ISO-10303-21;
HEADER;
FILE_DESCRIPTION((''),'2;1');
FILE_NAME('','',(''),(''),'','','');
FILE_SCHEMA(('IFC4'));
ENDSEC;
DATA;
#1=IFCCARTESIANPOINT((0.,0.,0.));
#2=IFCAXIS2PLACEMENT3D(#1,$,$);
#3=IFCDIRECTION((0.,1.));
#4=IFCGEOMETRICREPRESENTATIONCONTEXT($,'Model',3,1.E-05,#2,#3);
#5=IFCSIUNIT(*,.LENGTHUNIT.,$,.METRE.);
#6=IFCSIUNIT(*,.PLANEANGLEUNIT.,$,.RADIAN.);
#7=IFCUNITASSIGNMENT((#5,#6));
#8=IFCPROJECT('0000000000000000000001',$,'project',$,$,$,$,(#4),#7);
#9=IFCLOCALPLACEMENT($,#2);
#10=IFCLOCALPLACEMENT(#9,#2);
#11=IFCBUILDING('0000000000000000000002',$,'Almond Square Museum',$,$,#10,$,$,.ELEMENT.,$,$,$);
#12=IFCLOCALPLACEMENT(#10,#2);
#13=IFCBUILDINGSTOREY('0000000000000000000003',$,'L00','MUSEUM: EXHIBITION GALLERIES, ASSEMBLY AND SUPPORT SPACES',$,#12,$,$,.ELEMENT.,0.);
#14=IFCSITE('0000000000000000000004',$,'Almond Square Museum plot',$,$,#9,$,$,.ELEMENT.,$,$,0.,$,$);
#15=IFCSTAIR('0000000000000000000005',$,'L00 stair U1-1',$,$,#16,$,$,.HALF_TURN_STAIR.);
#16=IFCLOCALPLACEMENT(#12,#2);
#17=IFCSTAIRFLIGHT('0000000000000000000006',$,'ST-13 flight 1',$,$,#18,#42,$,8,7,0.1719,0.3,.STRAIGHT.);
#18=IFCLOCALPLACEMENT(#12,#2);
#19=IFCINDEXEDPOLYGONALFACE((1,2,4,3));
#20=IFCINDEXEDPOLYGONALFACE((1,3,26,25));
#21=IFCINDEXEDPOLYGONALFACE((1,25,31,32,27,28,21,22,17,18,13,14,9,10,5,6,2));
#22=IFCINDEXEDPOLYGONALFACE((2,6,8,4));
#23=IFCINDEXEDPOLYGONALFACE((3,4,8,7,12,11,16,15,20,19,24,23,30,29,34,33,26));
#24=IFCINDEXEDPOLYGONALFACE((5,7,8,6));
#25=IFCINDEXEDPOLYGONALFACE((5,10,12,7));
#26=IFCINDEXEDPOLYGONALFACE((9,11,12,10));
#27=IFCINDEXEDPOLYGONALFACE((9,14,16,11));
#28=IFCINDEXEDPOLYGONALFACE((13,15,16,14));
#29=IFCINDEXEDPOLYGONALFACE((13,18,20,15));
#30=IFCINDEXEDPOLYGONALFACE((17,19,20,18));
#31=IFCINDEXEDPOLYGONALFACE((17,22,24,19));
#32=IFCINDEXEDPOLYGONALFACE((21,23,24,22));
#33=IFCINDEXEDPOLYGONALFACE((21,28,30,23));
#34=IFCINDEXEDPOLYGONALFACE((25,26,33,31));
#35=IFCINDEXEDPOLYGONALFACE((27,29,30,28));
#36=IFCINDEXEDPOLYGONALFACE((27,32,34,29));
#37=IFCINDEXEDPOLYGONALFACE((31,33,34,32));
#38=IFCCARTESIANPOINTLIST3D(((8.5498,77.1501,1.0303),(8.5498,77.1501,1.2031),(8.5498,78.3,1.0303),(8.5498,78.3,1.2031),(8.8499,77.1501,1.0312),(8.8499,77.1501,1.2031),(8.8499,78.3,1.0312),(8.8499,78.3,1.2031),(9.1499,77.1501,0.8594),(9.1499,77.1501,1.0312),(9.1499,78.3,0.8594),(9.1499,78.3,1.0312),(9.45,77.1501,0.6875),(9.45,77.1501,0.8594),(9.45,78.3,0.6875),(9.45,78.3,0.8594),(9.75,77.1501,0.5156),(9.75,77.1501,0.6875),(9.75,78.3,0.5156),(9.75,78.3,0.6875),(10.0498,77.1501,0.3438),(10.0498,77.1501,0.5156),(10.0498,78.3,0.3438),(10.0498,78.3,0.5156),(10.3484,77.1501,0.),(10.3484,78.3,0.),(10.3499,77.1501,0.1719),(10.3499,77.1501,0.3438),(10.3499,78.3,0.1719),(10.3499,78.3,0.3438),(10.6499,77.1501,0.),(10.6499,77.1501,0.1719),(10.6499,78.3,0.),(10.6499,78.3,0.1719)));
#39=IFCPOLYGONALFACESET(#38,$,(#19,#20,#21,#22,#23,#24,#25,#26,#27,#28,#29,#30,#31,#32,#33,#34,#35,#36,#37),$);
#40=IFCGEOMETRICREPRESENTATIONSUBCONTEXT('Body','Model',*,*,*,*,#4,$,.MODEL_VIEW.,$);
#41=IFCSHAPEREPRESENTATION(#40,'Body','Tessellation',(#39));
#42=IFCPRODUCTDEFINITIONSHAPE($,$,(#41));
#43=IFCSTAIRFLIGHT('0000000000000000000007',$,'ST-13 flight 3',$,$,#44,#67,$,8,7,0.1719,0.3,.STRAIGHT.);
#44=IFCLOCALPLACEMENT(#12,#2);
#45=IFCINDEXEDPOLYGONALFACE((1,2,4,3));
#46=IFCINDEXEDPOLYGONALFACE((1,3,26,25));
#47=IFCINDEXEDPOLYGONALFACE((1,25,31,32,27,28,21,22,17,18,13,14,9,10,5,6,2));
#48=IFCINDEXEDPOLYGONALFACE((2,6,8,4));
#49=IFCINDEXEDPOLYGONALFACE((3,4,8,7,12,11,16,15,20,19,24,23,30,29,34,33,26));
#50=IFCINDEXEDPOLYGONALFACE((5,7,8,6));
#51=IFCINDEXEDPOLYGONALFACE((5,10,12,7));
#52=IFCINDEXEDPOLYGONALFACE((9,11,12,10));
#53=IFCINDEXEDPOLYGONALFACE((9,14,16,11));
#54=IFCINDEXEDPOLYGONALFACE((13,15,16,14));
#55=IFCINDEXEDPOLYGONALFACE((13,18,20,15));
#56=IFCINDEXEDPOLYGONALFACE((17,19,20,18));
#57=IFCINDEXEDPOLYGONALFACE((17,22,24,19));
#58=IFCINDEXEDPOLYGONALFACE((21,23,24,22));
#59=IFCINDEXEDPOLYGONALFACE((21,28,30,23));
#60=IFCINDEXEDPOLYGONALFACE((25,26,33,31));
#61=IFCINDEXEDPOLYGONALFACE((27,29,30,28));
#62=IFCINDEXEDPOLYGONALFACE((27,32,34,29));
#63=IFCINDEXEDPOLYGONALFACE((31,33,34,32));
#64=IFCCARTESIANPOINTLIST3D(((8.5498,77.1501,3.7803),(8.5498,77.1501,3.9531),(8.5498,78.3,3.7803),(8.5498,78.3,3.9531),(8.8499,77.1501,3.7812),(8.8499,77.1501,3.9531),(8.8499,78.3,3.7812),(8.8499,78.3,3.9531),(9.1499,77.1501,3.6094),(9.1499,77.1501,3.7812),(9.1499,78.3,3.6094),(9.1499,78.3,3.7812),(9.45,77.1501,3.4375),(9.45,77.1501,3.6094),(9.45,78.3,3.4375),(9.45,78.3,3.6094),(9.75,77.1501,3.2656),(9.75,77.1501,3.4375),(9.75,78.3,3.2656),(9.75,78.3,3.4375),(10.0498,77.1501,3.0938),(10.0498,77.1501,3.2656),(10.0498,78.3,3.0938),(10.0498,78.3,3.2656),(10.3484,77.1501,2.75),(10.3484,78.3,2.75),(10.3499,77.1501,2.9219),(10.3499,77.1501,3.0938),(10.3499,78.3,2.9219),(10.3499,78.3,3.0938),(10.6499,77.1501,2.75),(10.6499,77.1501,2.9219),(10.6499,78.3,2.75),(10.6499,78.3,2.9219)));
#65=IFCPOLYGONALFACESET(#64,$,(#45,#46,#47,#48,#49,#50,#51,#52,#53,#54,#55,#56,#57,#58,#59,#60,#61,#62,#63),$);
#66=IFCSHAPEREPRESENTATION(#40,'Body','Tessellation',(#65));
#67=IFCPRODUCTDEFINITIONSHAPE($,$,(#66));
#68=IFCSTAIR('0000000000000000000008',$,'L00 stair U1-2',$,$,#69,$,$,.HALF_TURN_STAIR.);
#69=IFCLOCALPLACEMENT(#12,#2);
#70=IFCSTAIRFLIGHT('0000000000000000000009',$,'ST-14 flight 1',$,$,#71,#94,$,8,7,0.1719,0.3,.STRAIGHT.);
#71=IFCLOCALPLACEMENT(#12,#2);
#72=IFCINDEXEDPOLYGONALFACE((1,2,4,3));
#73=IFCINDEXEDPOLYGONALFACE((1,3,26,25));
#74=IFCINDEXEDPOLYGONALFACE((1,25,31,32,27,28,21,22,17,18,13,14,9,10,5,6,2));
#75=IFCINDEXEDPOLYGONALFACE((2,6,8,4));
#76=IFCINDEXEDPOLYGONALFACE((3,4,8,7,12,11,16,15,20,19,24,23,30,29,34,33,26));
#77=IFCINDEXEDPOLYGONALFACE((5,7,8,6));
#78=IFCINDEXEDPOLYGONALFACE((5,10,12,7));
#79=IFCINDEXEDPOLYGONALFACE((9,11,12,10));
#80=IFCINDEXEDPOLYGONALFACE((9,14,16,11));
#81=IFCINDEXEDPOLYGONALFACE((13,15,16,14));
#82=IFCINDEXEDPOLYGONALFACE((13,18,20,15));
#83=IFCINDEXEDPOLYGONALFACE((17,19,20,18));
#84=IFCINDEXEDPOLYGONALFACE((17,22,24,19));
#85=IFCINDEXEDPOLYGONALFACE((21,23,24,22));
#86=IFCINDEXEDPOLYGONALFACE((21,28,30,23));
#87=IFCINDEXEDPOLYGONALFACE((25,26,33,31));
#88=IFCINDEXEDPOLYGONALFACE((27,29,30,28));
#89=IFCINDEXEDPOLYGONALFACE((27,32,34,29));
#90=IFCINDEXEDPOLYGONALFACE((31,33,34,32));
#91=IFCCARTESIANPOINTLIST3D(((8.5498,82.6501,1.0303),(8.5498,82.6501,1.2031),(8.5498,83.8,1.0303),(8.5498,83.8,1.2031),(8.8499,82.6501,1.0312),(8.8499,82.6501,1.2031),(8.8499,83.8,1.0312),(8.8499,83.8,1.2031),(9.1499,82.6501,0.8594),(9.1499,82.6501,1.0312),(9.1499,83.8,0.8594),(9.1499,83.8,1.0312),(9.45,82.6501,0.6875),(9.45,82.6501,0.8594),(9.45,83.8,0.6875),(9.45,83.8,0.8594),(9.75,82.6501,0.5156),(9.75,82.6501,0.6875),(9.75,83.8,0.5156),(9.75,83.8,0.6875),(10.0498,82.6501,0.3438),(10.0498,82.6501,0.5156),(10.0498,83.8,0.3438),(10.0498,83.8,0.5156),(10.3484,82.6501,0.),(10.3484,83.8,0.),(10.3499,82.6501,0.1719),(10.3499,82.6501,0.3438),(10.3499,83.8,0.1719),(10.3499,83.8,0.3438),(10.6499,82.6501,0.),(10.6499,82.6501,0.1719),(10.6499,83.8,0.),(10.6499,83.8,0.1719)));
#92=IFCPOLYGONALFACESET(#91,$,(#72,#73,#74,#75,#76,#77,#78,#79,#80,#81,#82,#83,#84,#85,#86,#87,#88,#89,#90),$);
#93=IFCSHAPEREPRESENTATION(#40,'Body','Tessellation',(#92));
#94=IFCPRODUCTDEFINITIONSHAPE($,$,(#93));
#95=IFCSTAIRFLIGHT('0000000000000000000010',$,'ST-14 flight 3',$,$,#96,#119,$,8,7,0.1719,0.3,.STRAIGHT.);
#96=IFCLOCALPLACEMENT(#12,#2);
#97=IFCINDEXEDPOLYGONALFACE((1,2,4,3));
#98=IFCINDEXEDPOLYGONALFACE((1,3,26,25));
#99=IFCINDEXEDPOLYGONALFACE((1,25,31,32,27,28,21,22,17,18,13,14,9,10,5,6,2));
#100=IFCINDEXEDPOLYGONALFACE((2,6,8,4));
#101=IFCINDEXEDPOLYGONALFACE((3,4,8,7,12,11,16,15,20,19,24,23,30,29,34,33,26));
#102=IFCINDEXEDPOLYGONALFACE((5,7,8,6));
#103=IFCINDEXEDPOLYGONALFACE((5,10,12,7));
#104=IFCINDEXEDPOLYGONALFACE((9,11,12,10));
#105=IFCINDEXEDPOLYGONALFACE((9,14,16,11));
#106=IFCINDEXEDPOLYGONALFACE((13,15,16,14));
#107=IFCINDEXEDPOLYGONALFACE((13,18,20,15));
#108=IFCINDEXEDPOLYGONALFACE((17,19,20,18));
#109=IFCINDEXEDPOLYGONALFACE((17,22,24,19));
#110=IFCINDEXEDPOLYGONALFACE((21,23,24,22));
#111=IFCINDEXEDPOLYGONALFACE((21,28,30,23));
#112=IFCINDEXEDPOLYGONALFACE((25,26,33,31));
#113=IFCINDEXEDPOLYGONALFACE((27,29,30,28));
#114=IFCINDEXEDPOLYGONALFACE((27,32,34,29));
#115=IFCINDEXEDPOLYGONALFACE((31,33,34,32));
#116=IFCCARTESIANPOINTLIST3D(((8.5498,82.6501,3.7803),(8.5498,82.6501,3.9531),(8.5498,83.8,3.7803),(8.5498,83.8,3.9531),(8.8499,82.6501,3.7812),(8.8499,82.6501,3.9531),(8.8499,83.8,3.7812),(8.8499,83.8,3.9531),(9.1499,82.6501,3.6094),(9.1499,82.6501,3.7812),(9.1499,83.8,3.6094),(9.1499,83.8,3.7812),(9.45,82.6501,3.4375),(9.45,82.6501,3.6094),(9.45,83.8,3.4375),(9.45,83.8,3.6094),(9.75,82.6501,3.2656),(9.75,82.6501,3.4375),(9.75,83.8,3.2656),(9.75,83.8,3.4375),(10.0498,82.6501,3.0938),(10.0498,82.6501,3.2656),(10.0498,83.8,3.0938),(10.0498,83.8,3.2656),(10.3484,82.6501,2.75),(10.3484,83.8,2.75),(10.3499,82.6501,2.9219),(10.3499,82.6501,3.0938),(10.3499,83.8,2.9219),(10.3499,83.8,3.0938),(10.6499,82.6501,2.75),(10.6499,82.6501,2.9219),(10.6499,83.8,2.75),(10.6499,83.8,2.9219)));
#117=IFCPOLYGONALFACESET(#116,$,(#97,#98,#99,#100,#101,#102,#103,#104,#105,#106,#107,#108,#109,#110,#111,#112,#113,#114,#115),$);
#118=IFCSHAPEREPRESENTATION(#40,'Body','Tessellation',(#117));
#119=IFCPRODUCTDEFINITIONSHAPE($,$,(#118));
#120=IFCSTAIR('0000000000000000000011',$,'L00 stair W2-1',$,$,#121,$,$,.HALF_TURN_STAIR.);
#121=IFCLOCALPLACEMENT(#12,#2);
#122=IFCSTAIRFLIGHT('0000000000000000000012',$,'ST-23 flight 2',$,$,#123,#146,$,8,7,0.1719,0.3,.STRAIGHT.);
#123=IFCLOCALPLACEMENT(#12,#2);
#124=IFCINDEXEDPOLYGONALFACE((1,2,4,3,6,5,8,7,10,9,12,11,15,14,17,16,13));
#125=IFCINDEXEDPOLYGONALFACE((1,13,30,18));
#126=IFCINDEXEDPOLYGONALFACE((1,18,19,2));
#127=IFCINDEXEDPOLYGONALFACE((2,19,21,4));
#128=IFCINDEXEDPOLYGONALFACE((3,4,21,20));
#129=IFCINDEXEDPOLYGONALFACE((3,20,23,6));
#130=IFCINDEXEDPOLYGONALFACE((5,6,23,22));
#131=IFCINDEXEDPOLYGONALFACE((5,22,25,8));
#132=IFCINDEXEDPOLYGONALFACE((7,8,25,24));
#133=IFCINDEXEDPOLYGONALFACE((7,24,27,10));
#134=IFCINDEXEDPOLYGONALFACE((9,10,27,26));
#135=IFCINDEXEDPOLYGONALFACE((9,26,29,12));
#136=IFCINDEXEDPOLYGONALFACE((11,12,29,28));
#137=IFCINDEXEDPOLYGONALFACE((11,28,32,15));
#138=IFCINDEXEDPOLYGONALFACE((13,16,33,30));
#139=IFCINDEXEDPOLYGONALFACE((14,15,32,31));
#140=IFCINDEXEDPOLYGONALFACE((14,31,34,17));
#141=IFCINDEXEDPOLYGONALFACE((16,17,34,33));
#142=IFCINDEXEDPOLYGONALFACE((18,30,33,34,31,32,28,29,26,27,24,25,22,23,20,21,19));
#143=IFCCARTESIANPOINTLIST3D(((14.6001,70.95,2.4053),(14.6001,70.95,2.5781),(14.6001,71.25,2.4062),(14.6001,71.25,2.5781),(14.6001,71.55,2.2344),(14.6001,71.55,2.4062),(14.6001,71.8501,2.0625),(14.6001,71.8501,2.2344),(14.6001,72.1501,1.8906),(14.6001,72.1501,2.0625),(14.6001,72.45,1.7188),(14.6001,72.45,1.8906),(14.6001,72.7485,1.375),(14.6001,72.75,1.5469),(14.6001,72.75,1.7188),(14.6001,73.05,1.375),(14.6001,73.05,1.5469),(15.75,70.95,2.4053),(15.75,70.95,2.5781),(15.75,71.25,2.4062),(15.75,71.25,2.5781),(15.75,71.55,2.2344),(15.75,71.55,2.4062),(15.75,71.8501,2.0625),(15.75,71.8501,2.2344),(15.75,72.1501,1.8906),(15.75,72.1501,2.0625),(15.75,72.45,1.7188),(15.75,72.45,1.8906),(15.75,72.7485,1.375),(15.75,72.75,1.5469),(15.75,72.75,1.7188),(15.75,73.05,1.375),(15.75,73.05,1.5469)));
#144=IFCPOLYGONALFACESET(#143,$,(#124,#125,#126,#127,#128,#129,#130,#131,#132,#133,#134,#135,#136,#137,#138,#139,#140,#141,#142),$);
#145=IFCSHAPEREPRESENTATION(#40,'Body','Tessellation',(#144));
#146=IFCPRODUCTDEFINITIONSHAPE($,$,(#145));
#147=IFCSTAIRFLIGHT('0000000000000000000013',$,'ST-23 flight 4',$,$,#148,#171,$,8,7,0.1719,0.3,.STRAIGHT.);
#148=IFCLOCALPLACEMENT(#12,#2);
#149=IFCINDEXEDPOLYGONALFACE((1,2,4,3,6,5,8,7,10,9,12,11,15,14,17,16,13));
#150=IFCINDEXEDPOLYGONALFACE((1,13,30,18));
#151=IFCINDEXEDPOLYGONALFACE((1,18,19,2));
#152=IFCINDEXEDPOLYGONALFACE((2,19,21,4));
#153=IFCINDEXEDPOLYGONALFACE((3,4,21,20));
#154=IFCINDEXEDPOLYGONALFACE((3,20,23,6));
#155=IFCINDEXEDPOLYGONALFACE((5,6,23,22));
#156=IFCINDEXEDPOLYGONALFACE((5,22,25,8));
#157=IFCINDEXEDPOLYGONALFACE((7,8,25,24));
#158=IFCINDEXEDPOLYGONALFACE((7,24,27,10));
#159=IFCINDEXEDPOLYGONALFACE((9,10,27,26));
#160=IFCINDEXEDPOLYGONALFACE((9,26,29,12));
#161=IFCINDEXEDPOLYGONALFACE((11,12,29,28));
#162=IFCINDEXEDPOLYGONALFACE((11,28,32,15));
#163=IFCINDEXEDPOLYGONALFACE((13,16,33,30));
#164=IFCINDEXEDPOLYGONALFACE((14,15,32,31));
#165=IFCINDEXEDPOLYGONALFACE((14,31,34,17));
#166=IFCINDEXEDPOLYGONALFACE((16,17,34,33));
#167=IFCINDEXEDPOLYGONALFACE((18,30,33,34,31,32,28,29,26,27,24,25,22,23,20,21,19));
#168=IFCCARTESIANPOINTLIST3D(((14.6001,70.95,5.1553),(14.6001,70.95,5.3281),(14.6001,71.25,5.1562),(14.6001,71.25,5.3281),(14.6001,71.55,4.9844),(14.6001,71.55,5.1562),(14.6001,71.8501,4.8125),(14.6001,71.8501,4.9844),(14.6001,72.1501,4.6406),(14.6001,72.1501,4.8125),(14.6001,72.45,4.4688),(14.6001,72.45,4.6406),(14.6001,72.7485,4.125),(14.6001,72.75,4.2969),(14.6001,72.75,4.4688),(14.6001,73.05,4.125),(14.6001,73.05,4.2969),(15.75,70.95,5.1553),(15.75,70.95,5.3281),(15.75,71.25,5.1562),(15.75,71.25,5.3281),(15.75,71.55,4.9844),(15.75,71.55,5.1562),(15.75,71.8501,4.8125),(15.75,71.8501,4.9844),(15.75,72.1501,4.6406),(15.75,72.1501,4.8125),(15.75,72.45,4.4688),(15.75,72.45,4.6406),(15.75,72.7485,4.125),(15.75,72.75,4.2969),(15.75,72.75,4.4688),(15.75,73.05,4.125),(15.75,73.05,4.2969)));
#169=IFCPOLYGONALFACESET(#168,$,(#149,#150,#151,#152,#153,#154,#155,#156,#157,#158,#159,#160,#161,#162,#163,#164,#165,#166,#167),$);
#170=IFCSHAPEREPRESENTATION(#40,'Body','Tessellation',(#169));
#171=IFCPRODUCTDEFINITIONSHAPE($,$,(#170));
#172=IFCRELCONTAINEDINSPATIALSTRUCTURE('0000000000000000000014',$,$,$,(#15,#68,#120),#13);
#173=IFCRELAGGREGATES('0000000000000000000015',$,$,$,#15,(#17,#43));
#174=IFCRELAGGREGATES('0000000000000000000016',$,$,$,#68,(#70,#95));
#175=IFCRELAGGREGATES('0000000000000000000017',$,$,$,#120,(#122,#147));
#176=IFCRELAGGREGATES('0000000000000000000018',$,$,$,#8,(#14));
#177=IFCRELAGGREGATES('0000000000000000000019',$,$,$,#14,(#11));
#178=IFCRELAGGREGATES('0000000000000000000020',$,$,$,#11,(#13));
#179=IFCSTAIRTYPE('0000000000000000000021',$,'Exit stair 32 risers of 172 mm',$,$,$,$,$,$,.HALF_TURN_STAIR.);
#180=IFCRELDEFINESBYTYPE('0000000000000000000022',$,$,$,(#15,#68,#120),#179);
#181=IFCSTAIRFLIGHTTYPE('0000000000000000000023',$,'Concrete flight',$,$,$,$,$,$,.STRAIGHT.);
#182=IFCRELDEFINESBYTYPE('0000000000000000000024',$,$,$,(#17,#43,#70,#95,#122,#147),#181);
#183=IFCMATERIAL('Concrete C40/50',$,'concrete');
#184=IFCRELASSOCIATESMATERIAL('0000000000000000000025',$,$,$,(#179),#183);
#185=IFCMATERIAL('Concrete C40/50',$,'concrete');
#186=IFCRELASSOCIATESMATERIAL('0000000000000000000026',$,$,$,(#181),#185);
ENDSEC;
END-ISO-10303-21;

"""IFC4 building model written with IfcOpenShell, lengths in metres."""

from ifc_helpers import new_model, si_unit, direction, frame, origin, place, context, subcontext, project, spatial, polyline, outline, extrude, material, type_object, element, aggregate, save


model = new_model("IFC4")

# Units and contexts
model_context = context("Model", 3, precision=1e-05, world=origin(), true_north=direction((0.0, 1.0)))
body_context = subcontext(model_context, "Body", "Model", "MODEL_VIEW")
ifc_project = project(units=[si_unit("LENGTHUNIT", "METRE"), si_unit("PLANEANGLEUNIT", "RADIAN")], contexts=[model_context])

# Site, building, storey
site_placement = place(None, origin())
site = spatial("IfcSite", under=ifc_project, at=site_placement, Name="Almond Square Museum plot", CompositionType="ELEMENT", RefElevation=0.0)
building_placement = place(site_placement, origin())
building = spatial("IfcBuilding", under=site, at=building_placement, Name="Almond Square Museum", CompositionType="ELEMENT")
storey_placement = place(building_placement, origin())
storey = spatial("IfcBuildingStorey", under=building, at=storey_placement, Name="L00", Description="MUSEUM: EXHIBITION GALLERIES, ASSEMBLY AND SUPPORT SPACES", CompositionType="ELEMENT", Elevation=0.0)

# Stairs, stair flights
ifc_material_1 = material(Name="Concrete C40/50", Category="concrete")
stair_type = type_object("IfcStairType", Name="Exit stair 32 risers of 172 mm", PredefinedType="HALF_TURN_STAIR", material=ifc_material_1)
stair_1_placement = place(storey_placement, origin())
stair_1 = element("IfcStair", 1, at=stair_1_placement, inside=storey, type_object=stair_type, Name="L00 stair U1-1", PredefinedType="HALF_TURN_STAIR")
ifc_material_2 = material(Name="Concrete C40/50", Category="concrete")
stair_flight_type = type_object("IfcStairFlightType", Name="Concrete flight", PredefinedType="STRAIGHT", material=ifc_material_2)
stair_flight_1_placement = place(storey_placement, frame((10.6499, 77.7251, 0.0), z_axis=(0.0, 0.0, 1.0), x_axis=(-1.0, 0.0, 0.0)))
stair_flight_1 = element("IfcStairFlight", 2, at=stair_flight_1_placement, type_object=stair_flight_type, Name="ST-13 flight 1", NumberOfRisers=8, NumberOfTreads=7, PredefinedType="STRAIGHT", RiserHeight=0.1719, TreadLength=0.3, context=body_context, shape_type="SweptSolid", body=[
    extrude(outline(polyline([(0.0, 0.0), (0.0, 0.1719), (0.3, 0.1719), (0.3, 0.3438), (0.6001, 0.3438), (0.6001, 0.5156), (0.8999, 0.5156), (0.8999, 0.6875), (1.2, 0.6875), (1.2, 0.8594), (1.5, 0.8594), (1.5, 1.0312), (1.8, 1.0312), (1.8, 1.2031), (2.1001, 1.2031), (2.1001, 1.375), (2.1001, 1.0303), (0.3015, 0.0), (0.0, 0.0)])), frame((0.0, 0.575, 0.0), z_axis=(0.0, -1.0, 0.0), x_axis=(1.0, 0.0, 0.0)), (0.0, 0.0, 1.0), 1.1499),
])
stair_flight_2_placement = place(storey_placement, frame((10.6499, 77.7251, 2.75), z_axis=(0.0, 0.0, 1.0), x_axis=(-1.0, 0.0, 0.0)))
stair_flight_2 = element("IfcStairFlight", 3, at=stair_flight_2_placement, type_object=stair_flight_type, Name="ST-13 flight 3", NumberOfRisers=8, NumberOfTreads=7, PredefinedType="STRAIGHT", RiserHeight=0.1719, TreadLength=0.3, context=body_context, shape_type="SweptSolid", body=[
    extrude(outline(polyline([(0.0, 0.0), (0.0, 0.1719), (0.3, 0.1719), (0.3, 0.3438), (0.6001, 0.3438), (0.6001, 0.5156), (0.8999, 0.5156), (0.8999, 0.6875), (1.2, 0.6875), (1.2, 0.8594), (1.5, 0.8594), (1.5, 1.0312), (1.8, 1.0312), (1.8, 1.2031), (2.1001, 1.2031), (2.1001, 1.375), (2.1001, 1.0303), (0.3015, 0.0), (0.0, 0.0)])), frame((0.0, 0.575, 0.0), z_axis=(0.0, -1.0, 0.0), x_axis=(1.0, 0.0, 0.0)), (0.0, 0.0, 1.0), 1.1499),
])
aggregate(stair_1, [stair_flight_1, stair_flight_2])
stair_2_placement = place(storey_placement, origin())
stair_2 = element("IfcStair", 4, at=stair_2_placement, inside=storey, type_object=stair_type, Name="L00 stair U1-2", PredefinedType="HALF_TURN_STAIR")
stair_flight_3_placement = place(storey_placement, frame((10.6499, 83.2251, 0.0), z_axis=(0.0, 0.0, 1.0), x_axis=(-1.0, 0.0, 0.0)))
stair_flight_3 = element("IfcStairFlight", 5, at=stair_flight_3_placement, type_object=stair_flight_type, Name="ST-14 flight 1", NumberOfRisers=8, NumberOfTreads=7, PredefinedType="STRAIGHT", RiserHeight=0.1719, TreadLength=0.3, context=body_context, shape_type="SweptSolid", body=[
    extrude(outline(polyline([(0.0, 0.0), (0.0, 0.1719), (0.3, 0.1719), (0.3, 0.3438), (0.6001, 0.3438), (0.6001, 0.5156), (0.8999, 0.5156), (0.8999, 0.6875), (1.2, 0.6875), (1.2, 0.8594), (1.5, 0.8594), (1.5, 1.0312), (1.8, 1.0312), (1.8, 1.2031), (2.1001, 1.2031), (2.1001, 1.375), (2.1001, 1.0303), (0.3015, 0.0), (0.0, 0.0)])), frame((0.0, 0.575, 0.0), z_axis=(0.0, -1.0, 0.0), x_axis=(1.0, 0.0, 0.0)), (0.0, 0.0, 1.0), 1.1499),
])
stair_flight_4_placement = place(storey_placement, frame((10.6499, 83.2251, 2.75), z_axis=(0.0, 0.0, 1.0), x_axis=(-1.0, 0.0, 0.0)))
stair_flight_4 = element("IfcStairFlight", 6, at=stair_flight_4_placement, type_object=stair_flight_type, Name="ST-14 flight 3", NumberOfRisers=8, NumberOfTreads=7, PredefinedType="STRAIGHT", RiserHeight=0.1719, TreadLength=0.3, context=body_context, shape_type="SweptSolid", body=[
    extrude(outline(polyline([(0.0, 0.0), (0.0, 0.1719), (0.3, 0.1719), (0.3, 0.3438), (0.6001, 0.3438), (0.6001, 0.5156), (0.8999, 0.5156), (0.8999, 0.6875), (1.2, 0.6875), (1.2, 0.8594), (1.5, 0.8594), (1.5, 1.0312), (1.8, 1.0312), (1.8, 1.2031), (2.1001, 1.2031), (2.1001, 1.375), (2.1001, 1.0303), (0.3015, 0.0), (0.0, 0.0)])), frame((0.0, 0.575, 0.0), z_axis=(0.0, -1.0, 0.0), x_axis=(1.0, 0.0, 0.0)), (0.0, 0.0, 1.0), 1.1499),
])
aggregate(stair_2, [stair_flight_3, stair_flight_4])
stair_3_placement = place(storey_placement, origin())
stair_3 = element("IfcStair", 7, at=stair_3_placement, inside=storey, type_object=stair_type, Name="L00 stair W2-1", PredefinedType="HALF_TURN_STAIR")
stair_flight_5_placement = place(storey_placement, frame((15.175, 73.05, 1.375), z_axis=(0.0, 0.0, 1.0), x_axis=(0.0, -1.0, 0.0)))
stair_flight_5 = element("IfcStairFlight", 8, at=stair_flight_5_placement, type_object=stair_flight_type, Name="ST-23 flight 2", NumberOfRisers=8, NumberOfTreads=7, PredefinedType="STRAIGHT", RiserHeight=0.1719, TreadLength=0.3, context=body_context, shape_type="SweptSolid", body=[
    extrude(outline(polyline([(0.0, 0.0), (0.0, 0.1719), (0.3, 0.1719), (0.3, 0.3438), (0.6001, 0.3438), (0.6001, 0.5156), (0.8999, 0.5156), (0.8999, 0.6875), (1.2, 0.6875), (1.2, 0.8594), (1.5, 0.8594), (1.5, 1.0312), (1.8, 1.0312), (1.8, 1.2031), (2.1001, 1.2031), (2.1001, 1.375), (2.1001, 1.0303), (0.3015, 0.0), (0.0, 0.0)])), frame((0.0, 0.575, 0.0), z_axis=(0.0, -1.0, 0.0), x_axis=(1.0, 0.0, 0.0)), (0.0, 0.0, 1.0), 1.1499),
])
stair_flight_6_placement = place(storey_placement, frame((15.175, 73.05, 4.125), z_axis=(0.0, 0.0, 1.0), x_axis=(0.0, -1.0, 0.0)))
stair_flight_6 = element("IfcStairFlight", 9, at=stair_flight_6_placement, type_object=stair_flight_type, Name="ST-23 flight 4", NumberOfRisers=8, NumberOfTreads=7, PredefinedType="STRAIGHT", RiserHeight=0.1719, TreadLength=0.3, context=body_context, shape_type="SweptSolid", body=[
    extrude(outline(polyline([(0.0, 0.0), (0.0, 0.1719), (0.3, 0.1719), (0.3, 0.3438), (0.6001, 0.3438), (0.6001, 0.5156), (0.8999, 0.5156), (0.8999, 0.6875), (1.2, 0.6875), (1.2, 0.8594), (1.5, 0.8594), (1.5, 1.0312), (1.8, 1.0312), (1.8, 1.2031), (2.1001, 1.2031), (2.1001, 1.375), (2.1001, 1.0303), (0.3015, 0.0), (0.0, 0.0)])), frame((0.0, 0.575, 0.0), z_axis=(0.0, -1.0, 0.0), x_axis=(1.0, 0.0, 0.0)), (0.0, 0.0, 1.0), 1.1499),
])
aggregate(stair_3, [stair_flight_5, stair_flight_6])

save(model, "model.ifc")
